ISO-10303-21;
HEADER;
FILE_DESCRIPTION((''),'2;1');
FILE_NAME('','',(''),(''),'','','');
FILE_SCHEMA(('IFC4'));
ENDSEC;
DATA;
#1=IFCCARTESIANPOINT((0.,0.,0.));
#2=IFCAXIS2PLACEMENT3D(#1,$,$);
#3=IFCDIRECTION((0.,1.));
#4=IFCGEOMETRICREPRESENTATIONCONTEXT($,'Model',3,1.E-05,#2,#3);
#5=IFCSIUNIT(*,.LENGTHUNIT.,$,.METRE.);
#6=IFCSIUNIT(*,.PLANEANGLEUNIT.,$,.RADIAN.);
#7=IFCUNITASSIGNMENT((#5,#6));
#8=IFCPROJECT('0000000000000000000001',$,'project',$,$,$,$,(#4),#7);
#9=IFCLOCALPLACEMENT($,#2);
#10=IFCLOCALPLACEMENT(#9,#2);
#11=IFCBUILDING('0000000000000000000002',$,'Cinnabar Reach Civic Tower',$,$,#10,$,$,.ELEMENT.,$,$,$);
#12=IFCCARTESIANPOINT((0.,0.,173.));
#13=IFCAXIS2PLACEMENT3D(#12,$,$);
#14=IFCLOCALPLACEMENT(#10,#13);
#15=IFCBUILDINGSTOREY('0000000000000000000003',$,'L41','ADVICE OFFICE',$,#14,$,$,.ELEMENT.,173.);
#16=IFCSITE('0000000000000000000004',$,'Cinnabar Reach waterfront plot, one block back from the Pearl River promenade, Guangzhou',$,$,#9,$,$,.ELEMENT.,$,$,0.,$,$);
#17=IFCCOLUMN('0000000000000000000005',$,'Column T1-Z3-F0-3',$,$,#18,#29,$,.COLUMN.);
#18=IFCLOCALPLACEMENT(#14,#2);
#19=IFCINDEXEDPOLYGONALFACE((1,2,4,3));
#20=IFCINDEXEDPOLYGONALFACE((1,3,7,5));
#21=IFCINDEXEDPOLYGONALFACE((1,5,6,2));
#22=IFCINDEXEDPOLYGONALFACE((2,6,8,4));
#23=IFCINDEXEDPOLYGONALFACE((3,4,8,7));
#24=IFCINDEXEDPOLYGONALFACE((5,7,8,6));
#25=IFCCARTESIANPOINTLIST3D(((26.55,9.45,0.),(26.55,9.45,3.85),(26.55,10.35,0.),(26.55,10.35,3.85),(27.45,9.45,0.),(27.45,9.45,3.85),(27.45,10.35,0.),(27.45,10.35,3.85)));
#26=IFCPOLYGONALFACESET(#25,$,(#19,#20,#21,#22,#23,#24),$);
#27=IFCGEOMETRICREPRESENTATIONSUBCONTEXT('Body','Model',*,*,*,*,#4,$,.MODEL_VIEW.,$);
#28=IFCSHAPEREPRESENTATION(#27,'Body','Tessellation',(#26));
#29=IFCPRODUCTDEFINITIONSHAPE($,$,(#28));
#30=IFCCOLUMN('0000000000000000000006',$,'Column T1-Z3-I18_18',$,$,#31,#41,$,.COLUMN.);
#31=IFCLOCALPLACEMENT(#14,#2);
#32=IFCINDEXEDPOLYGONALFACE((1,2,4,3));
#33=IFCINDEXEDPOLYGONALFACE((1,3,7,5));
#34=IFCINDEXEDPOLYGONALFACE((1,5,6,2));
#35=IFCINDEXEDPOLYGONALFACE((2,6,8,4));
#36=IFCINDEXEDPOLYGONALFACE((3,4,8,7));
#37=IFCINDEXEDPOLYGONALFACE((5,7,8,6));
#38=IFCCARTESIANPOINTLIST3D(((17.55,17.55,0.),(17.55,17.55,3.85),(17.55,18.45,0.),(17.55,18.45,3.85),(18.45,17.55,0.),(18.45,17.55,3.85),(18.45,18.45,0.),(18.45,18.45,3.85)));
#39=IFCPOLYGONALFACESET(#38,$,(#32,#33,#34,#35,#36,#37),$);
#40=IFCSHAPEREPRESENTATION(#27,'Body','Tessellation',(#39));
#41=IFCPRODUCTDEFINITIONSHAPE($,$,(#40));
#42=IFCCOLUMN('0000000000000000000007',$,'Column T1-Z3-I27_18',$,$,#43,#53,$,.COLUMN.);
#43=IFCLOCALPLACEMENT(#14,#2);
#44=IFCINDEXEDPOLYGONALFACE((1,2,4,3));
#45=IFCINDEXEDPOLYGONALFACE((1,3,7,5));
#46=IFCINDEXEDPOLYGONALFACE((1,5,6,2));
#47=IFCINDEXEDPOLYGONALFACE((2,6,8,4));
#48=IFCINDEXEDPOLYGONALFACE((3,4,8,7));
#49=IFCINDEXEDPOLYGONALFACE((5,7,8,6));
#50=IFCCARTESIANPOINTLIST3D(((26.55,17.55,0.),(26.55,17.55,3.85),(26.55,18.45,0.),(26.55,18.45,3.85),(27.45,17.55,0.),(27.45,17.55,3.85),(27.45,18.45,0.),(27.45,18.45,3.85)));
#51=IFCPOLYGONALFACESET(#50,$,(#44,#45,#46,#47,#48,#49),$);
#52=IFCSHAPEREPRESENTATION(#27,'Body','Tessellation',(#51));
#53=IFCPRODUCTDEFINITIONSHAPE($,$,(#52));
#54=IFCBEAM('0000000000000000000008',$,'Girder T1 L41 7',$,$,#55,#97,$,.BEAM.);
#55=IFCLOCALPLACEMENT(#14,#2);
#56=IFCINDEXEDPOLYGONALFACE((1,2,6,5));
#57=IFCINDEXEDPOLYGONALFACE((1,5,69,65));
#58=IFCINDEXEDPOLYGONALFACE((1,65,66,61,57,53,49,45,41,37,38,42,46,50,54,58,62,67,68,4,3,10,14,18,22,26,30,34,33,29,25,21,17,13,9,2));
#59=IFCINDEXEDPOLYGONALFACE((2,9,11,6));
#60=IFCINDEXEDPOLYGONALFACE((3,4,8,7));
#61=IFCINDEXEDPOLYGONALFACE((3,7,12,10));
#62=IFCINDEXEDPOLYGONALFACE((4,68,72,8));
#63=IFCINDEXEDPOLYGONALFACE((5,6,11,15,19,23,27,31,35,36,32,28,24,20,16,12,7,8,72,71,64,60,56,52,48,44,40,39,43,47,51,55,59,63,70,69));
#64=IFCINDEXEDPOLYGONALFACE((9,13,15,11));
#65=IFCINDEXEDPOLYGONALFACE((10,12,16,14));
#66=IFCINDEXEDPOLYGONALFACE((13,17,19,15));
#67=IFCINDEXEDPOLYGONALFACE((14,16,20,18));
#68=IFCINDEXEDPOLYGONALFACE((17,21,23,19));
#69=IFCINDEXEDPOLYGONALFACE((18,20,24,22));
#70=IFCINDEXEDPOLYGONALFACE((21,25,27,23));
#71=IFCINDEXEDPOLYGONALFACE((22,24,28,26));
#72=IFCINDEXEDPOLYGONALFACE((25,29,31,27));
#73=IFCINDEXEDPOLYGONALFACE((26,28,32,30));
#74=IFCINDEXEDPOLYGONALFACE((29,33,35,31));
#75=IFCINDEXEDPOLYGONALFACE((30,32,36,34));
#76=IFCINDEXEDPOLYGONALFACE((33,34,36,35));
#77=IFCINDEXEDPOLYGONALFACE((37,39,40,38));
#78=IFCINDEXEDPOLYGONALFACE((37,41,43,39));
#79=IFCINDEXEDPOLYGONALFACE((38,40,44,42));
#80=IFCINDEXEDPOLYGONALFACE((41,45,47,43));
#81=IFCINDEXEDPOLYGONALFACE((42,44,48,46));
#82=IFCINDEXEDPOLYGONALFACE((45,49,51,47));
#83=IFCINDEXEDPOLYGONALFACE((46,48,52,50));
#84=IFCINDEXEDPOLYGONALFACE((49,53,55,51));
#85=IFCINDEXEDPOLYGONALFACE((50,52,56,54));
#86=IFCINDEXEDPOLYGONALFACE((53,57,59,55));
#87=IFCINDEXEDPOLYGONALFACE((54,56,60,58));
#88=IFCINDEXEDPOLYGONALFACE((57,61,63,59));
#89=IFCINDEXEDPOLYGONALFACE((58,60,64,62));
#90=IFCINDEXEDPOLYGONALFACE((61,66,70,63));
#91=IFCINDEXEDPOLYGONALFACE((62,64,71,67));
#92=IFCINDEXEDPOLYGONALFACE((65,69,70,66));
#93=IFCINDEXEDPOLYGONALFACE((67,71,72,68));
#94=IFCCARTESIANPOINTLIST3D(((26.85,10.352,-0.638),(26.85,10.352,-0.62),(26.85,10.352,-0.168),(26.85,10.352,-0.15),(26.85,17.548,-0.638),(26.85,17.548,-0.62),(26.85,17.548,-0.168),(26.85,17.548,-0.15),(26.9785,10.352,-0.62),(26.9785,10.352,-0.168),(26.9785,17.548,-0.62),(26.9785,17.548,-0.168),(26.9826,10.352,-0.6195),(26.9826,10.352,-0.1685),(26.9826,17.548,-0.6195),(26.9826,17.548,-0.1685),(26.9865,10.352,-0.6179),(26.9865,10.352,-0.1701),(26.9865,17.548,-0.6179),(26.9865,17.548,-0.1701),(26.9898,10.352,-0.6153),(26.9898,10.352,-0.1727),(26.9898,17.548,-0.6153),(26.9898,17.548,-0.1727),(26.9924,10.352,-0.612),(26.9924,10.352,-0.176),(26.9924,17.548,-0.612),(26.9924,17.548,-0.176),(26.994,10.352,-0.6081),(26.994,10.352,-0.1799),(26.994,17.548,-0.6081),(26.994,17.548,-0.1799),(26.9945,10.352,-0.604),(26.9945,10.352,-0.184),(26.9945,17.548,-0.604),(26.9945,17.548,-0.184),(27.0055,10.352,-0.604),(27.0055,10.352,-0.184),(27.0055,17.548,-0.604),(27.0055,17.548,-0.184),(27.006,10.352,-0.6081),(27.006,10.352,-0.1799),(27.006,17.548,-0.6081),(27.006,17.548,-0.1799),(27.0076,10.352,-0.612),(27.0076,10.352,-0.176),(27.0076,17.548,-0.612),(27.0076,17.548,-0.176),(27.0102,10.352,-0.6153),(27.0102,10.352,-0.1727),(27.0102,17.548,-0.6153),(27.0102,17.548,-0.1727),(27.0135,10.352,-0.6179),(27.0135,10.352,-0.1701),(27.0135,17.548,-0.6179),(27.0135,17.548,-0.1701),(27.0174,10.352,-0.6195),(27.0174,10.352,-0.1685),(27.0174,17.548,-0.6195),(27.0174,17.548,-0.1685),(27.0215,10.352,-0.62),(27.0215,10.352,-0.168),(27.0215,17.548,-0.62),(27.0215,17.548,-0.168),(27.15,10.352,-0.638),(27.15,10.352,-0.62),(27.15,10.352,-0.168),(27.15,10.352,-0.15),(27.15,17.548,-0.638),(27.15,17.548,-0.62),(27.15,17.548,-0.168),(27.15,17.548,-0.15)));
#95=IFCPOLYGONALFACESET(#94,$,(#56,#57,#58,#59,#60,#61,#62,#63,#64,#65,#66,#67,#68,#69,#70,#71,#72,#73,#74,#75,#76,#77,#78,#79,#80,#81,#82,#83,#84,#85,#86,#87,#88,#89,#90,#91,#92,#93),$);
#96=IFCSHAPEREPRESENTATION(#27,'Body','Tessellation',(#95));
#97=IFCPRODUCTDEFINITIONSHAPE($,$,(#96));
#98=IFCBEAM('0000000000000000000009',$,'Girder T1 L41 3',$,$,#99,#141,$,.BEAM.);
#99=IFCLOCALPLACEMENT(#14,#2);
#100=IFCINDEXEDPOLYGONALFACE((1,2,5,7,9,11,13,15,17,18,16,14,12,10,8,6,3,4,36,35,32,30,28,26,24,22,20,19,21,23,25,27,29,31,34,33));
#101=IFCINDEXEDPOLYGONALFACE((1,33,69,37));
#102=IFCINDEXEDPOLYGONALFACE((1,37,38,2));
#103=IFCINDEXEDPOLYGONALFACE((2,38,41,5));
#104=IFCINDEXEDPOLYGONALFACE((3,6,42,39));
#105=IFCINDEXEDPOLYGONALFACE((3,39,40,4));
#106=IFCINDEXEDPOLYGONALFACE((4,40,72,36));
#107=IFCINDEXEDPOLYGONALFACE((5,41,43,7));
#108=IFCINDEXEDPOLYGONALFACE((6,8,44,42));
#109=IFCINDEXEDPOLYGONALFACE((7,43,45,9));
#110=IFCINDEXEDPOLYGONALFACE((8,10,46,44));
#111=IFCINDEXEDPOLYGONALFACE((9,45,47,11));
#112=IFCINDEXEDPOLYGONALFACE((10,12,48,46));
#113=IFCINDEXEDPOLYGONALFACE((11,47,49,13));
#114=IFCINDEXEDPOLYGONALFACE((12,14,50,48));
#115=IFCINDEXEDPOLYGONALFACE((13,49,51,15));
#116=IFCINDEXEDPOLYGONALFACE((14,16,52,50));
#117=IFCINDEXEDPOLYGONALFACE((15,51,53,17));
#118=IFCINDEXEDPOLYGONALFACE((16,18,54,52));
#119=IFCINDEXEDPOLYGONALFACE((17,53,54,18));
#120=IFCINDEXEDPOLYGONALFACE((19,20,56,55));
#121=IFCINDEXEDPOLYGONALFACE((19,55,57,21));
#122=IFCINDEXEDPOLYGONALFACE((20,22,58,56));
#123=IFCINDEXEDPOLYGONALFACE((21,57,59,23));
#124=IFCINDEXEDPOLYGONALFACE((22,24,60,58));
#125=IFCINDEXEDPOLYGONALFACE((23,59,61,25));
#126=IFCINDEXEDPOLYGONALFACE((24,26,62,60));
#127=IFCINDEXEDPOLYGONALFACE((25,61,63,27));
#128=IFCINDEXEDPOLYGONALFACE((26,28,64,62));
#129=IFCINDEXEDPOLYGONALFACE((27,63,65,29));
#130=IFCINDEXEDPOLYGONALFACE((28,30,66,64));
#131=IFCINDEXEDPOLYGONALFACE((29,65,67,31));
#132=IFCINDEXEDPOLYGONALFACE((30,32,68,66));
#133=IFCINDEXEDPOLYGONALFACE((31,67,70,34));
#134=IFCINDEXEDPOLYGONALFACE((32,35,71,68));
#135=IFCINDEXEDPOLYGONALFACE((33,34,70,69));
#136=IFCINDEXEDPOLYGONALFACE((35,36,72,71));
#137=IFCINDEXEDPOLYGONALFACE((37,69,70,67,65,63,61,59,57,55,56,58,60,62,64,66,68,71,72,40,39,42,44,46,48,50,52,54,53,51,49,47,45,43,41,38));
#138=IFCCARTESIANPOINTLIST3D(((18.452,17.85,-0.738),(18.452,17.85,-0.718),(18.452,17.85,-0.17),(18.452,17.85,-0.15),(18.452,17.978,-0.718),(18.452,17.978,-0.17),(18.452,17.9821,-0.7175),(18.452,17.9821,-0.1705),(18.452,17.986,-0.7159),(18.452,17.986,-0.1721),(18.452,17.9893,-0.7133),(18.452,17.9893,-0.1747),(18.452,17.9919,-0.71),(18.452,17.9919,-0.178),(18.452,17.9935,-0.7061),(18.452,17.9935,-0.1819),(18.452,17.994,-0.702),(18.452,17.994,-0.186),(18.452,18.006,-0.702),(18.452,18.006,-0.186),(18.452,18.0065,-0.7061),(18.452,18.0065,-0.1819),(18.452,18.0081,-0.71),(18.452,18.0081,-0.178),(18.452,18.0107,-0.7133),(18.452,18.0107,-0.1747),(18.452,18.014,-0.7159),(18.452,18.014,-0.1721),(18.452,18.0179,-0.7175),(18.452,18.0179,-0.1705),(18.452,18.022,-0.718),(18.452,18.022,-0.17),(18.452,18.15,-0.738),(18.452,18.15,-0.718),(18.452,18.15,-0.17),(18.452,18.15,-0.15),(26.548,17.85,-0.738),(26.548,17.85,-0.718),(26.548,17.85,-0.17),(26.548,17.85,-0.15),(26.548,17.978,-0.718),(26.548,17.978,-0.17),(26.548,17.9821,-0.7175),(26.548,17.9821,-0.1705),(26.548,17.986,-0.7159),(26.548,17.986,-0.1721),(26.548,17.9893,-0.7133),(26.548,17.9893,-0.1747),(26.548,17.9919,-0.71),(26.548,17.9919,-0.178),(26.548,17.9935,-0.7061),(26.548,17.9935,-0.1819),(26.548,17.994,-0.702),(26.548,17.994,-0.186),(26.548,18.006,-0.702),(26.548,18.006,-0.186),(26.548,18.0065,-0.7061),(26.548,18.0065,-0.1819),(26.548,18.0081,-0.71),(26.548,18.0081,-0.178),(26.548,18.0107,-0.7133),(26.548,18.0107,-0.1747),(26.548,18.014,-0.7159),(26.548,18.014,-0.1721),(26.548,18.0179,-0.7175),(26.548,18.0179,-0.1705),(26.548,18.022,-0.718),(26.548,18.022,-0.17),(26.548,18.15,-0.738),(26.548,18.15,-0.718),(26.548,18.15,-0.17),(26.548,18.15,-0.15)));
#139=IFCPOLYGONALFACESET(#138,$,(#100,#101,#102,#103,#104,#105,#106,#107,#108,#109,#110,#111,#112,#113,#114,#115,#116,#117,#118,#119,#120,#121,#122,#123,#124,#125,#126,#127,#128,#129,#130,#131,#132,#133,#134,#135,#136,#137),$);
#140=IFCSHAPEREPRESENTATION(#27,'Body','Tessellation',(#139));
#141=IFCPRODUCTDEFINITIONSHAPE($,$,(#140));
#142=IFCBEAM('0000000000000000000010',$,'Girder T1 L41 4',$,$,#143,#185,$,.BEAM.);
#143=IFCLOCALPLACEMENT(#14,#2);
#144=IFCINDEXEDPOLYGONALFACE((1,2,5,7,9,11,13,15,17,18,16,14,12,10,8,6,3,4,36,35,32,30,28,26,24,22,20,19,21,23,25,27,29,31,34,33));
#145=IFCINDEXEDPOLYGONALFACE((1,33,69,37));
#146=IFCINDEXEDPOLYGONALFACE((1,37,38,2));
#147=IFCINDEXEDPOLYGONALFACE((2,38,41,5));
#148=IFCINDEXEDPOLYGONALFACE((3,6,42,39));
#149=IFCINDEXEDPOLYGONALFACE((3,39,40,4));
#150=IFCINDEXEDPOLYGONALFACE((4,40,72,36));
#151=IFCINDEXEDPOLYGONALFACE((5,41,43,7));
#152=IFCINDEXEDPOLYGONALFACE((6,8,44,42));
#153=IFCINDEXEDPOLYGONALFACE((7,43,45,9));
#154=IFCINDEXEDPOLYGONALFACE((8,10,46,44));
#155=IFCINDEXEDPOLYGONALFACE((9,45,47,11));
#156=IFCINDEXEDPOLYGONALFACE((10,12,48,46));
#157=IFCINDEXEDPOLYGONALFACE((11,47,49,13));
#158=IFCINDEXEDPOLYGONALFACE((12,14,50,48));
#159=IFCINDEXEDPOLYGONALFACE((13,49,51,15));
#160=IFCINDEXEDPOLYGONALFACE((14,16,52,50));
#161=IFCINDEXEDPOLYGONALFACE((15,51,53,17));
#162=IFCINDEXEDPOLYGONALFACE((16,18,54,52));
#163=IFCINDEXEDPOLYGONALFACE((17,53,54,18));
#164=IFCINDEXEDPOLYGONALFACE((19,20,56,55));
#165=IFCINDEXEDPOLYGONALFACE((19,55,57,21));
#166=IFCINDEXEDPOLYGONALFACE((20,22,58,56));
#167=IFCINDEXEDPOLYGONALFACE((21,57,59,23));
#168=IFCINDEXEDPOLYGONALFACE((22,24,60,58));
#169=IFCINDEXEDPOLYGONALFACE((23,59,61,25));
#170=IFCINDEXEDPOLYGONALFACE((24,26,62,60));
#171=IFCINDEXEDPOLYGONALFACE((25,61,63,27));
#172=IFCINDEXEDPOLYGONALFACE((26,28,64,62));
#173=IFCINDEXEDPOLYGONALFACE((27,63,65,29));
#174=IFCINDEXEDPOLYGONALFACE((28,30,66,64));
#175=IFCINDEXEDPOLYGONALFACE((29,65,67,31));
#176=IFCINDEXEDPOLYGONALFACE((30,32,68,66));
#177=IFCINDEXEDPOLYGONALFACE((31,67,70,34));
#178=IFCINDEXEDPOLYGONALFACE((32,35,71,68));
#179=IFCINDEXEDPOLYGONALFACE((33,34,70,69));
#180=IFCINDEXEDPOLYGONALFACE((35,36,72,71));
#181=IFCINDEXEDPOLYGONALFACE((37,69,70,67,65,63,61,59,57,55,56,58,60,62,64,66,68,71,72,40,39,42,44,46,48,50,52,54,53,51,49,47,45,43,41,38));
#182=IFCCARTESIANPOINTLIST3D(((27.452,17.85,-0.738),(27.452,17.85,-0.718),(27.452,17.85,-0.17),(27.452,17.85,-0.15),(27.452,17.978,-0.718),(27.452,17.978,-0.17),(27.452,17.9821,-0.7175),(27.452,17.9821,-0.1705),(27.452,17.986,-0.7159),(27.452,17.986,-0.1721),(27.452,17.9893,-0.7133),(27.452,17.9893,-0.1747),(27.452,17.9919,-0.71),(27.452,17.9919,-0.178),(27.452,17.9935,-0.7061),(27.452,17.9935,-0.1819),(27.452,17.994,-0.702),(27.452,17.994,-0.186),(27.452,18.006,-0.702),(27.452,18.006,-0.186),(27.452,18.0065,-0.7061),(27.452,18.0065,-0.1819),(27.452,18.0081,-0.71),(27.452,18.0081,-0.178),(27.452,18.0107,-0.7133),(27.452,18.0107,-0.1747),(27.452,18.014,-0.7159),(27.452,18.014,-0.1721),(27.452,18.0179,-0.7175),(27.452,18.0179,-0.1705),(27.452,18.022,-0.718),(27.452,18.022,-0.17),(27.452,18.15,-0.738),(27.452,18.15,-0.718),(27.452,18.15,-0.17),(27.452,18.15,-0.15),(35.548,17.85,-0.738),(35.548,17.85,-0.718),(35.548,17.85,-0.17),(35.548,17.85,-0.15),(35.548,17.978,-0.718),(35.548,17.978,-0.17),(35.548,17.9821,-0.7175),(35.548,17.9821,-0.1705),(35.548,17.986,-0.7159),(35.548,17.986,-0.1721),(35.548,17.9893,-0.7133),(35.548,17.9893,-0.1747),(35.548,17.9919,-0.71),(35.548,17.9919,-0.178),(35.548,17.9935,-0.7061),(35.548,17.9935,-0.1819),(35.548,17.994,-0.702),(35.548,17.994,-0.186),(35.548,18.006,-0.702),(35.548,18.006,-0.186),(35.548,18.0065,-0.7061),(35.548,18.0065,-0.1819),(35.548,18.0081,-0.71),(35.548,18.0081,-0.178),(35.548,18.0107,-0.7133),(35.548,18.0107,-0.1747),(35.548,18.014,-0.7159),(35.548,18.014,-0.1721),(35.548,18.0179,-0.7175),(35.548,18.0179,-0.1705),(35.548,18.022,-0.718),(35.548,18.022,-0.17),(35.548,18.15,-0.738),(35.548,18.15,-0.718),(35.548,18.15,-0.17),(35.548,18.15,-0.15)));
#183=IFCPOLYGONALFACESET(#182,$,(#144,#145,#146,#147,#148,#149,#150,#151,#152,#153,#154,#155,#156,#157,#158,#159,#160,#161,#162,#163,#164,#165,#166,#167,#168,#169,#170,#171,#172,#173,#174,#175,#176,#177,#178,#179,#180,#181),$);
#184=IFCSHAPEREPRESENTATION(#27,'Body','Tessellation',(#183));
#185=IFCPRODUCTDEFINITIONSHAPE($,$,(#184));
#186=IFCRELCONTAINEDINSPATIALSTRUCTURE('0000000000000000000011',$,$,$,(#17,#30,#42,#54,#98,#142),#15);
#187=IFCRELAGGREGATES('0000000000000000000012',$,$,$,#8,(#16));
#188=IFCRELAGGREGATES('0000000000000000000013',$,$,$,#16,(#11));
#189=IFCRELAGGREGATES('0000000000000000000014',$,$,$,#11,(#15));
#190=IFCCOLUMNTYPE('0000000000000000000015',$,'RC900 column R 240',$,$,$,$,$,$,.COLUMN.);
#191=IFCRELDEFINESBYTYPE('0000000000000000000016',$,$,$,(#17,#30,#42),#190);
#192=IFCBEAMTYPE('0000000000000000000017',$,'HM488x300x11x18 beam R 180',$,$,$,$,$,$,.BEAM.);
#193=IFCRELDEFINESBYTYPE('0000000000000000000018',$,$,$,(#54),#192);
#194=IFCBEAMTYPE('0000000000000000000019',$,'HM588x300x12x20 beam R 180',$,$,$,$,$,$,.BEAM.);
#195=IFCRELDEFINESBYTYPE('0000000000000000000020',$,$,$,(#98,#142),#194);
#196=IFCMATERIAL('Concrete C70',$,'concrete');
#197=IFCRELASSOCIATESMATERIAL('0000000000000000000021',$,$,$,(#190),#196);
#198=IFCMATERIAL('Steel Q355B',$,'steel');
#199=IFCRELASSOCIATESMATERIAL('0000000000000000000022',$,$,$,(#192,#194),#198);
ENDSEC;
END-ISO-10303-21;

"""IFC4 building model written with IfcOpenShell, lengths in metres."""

from ifc_helpers import new_model, si_unit, direction, frame, origin, origin_2d, place, context, subcontext, project, spatial, rectangle, i_section, extrude, material, material_profile, profile_set, type_object, element, save


model = new_model("IFC4")

# Units and contexts
model_context = context("Model", 3, precision=1e-05, world=origin(), true_north=direction((0.0, 1.0)))
body_context = subcontext(model_context, "Body", "Model", "MODEL_VIEW")
ifc_project = project(units=[si_unit("LENGTHUNIT", "METRE"), si_unit("PLANEANGLEUNIT", "RADIAN")], contexts=[model_context])

# Site, building, storey
site_placement = place(None, origin())
site = spatial("IfcSite", under=ifc_project, at=site_placement, Name="Cinnabar Reach waterfront plot, one block back from the Pearl River promenade, Guangzhou", CompositionType="ELEMENT", RefElevation=0.0)
building_placement = place(site_placement, origin())
building = spatial("IfcBuilding", under=site, at=building_placement, Name="Cinnabar Reach Civic Tower", CompositionType="ELEMENT")
storey_placement = place(building_placement, frame((0.0, 0.0, 173.0)))
storey = spatial("IfcBuildingStorey", under=building, at=storey_placement, Name="L41", Description="ADVICE OFFICE", CompositionType="ELEMENT", Elevation=173.0)

# Columns
ifc_material_1 = material(Name="Concrete C70", Category="concrete")
ifc_material_profile_1 = material_profile(ifc_material_1, rectangle(XDim=0.9, YDim=0.9, at=origin_2d()), Name="RC900")
ifc_profile_set_1 = profile_set([ifc_material_profile_1], Name="Concrete C70")
column_type = type_object("IfcColumnType", Name="RC900 column R 240", PredefinedType="COLUMN", material=ifc_profile_set_1)
for number, where, z_axis, x_axis, name in (
    (1, (27.0, 9.9, 0.0), (0.0, 0.0, 1.0), (1.0, 0.0, 0.0), "Column T1-Z3-F0-3"),
    (2, (18.0, 18.0, 0.0), (0.0, 0.0, 1.0), (1.0, 0.0, 0.0), "Column T1-Z3-I18_18"),
    (3, (27.0, 18.0, 0.0), (0.0, 0.0, 1.0), (1.0, 0.0, 0.0), "Column T1-Z3-I27_18"),
):
    element("IfcColumn", number, at=place(storey_placement, frame(where, z_axis=z_axis, x_axis=x_axis)), inside=storey, type_object=column_type, Name=name, PredefinedType="COLUMN", context=body_context, shape_type="SweptSolid", body=[
        extrude(rectangle(XDim=0.9, YDim=0.9, at=origin_2d()), origin(), (0.0, 0.0, 1.0), 3.85),
    ])

# Beams
ifc_material_2 = material(Name="Steel Q355B", Category="steel")
ifc_material_profile_2 = material_profile(ifc_material_2, i_section(OverallWidth=0.3, OverallDepth=0.488, WebThickness=0.011, FlangeThickness=0.018, FilletRadius=0.016, at=origin_2d()), Name="HM488x300x11x18")
ifc_profile_set_2 = profile_set([ifc_material_profile_2], Name="Steel Q355B")
beam_type_1 = type_object("IfcBeamType", Name="HM488x300x11x18 beam R 180", PredefinedType="BEAM", material=ifc_profile_set_2)
beam_1_placement = place(storey_placement, frame((27.0, 10.352, -0.394), z_axis=(0.0, 1.0, 0.0), x_axis=(-1.0, 0.0, 0.0)))
element("IfcBeam", 4, at=beam_1_placement, inside=storey, type_object=beam_type_1, Name="Girder T1 L41 7", PredefinedType="BEAM", context=body_context, shape_type="SweptSolid", body=[
    extrude(i_section(OverallWidth=0.3, OverallDepth=0.488, WebThickness=0.011, FlangeThickness=0.018, FilletRadius=0.016, at=origin_2d()), origin(), (0.0, 0.0, 1.0), 7.196),
])
ifc_material_profile_3 = material_profile(ifc_material_2, i_section(OverallWidth=0.3, OverallDepth=0.588, WebThickness=0.012, FlangeThickness=0.02, FilletRadius=0.016, at=origin_2d()), Name="HM588x300x12x20")
ifc_profile_set_3 = profile_set([ifc_material_profile_3], Name="Steel Q355B")
beam_type_2 = type_object("IfcBeamType", Name="HM588x300x12x20 beam R 180", PredefinedType="BEAM", material=ifc_profile_set_3)
for number, where, z_axis, x_axis, name in (
    (5, (18.452, 18.0, -0.444), (1.0, 0.0, 0.0), (0.0, 1.0, 0.0), "Girder T1 L41 3"),
    (6, (27.452, 18.0, -0.444), (1.0, 0.0, 0.0), (0.0, 1.0, 0.0), "Girder T1 L41 4"),
):
    element("IfcBeam", number, at=place(storey_placement, frame(where, z_axis=z_axis, x_axis=x_axis)), inside=storey, type_object=beam_type_2, Name=name, PredefinedType="BEAM", context=body_context, shape_type="SweptSolid", body=[
        extrude(i_section(OverallWidth=0.3, OverallDepth=0.588, WebThickness=0.012, FlangeThickness=0.02, FilletRadius=0.016, at=origin_2d()), origin(), (0.0, 0.0, 1.0), 8.096),
    ])

save(model, "model.ifc")
